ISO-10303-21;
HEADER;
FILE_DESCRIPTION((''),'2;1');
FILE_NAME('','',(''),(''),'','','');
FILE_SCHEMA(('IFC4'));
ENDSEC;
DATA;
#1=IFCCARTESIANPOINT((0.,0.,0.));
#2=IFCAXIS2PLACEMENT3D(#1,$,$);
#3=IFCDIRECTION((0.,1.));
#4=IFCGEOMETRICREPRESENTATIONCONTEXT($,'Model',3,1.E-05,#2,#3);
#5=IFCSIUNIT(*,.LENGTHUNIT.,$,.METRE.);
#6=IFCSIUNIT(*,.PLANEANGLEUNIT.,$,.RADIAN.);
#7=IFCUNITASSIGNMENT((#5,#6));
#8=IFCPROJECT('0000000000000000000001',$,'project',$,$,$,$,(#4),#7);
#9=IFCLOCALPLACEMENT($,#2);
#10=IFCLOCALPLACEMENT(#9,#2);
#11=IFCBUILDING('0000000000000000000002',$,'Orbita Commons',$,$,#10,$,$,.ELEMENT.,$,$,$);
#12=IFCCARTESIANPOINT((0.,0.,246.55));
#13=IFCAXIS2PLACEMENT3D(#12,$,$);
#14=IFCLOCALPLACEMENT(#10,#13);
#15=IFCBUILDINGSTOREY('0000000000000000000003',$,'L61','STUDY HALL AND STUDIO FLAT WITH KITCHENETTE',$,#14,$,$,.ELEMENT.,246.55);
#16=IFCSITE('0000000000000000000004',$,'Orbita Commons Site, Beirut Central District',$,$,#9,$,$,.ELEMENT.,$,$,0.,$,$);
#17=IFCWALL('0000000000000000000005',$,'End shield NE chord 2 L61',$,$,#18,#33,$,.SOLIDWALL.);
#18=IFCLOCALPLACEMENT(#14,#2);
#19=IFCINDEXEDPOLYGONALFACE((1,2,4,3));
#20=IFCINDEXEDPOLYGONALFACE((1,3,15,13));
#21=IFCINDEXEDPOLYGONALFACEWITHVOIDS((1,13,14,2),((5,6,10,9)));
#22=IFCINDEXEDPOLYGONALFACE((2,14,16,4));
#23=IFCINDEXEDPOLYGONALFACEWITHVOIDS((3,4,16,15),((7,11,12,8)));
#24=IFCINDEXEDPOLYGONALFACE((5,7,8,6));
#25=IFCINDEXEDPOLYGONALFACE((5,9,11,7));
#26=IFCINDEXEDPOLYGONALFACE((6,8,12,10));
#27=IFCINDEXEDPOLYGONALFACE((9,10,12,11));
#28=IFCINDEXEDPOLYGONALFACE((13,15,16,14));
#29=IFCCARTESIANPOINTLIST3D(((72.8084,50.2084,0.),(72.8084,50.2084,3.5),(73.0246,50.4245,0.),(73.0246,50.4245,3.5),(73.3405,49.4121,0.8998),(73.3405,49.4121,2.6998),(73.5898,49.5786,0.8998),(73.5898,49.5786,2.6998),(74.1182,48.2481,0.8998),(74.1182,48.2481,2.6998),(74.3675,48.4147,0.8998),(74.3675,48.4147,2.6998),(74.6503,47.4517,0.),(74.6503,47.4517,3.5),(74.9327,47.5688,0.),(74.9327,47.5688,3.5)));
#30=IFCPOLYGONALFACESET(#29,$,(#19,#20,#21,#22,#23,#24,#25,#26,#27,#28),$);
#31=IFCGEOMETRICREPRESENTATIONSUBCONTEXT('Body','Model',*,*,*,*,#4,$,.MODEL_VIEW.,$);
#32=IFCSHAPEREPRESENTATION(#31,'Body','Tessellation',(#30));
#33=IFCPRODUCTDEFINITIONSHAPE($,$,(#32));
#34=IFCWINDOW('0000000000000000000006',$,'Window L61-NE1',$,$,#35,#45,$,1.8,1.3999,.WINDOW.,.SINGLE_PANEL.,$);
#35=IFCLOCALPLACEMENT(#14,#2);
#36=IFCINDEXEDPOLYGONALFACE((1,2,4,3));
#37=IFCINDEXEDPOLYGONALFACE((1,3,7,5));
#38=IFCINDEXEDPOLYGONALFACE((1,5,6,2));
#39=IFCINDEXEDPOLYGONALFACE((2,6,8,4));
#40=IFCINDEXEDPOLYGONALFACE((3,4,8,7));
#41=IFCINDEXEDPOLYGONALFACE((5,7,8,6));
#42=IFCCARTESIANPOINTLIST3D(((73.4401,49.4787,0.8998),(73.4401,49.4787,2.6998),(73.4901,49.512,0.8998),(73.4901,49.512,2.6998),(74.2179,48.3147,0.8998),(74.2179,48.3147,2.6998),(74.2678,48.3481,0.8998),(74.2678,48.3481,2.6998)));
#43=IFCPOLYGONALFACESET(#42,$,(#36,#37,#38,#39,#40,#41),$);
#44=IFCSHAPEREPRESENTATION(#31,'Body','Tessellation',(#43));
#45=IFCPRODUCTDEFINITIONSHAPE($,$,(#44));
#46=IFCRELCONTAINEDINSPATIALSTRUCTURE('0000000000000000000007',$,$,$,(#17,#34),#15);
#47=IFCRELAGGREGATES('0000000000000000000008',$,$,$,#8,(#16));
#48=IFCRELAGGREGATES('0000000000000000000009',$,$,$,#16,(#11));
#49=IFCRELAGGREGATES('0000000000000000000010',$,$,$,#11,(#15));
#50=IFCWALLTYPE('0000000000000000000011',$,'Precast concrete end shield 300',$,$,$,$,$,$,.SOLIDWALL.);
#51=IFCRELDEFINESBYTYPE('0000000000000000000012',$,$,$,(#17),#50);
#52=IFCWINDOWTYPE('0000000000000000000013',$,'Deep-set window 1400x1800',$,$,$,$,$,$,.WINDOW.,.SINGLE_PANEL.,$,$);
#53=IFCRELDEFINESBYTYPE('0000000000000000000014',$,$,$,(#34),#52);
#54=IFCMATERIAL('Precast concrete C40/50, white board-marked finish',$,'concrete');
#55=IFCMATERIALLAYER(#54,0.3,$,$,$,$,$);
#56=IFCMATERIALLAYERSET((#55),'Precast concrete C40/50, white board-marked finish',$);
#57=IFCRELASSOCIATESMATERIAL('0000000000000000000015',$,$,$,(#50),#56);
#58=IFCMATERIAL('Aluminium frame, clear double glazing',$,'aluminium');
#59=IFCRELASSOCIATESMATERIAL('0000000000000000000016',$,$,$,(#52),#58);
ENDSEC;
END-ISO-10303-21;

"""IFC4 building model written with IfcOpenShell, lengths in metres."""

from ifc_helpers import new_model, si_unit, direction, frame, frame_2d, origin, place, context, subcontext, project, spatial, polyline, rectangle, outline, extrude, material, layer, layer_set, type_object, element, fill, save


model = new_model("IFC4")

# Units and contexts
model_context = context("Model", 3, precision=1e-05, world=origin(), true_north=direction((0.0, 1.0)))
body_context = subcontext(model_context, "Body", "Model", "MODEL_VIEW")
ifc_project = project(units=[si_unit("LENGTHUNIT", "METRE"), si_unit("PLANEANGLEUNIT", "RADIAN")], contexts=[model_context])

# Site, building, storey
site_placement = place(None, origin())
site = spatial("IfcSite", under=ifc_project, at=site_placement, Name="Orbita Commons Site, Beirut Central District", CompositionType="ELEMENT", RefElevation=0.0)
building_placement = place(site_placement, origin())
building = spatial("IfcBuilding", under=site, at=building_placement, Name="Orbita Commons", CompositionType="ELEMENT")
storey_placement = place(building_placement, frame((0.0, 0.0, 246.55)))
storey = spatial("IfcBuildingStorey", under=building, at=storey_placement, Name="L61", Description="STUDY HALL AND STUDIO FLAT WITH KITCHENETTE", CompositionType="ELEMENT", Elevation=246.55)

# Wall, opening, window
ifc_material_1 = material(Name="Precast concrete C40/50, white board-marked finish", Category="concrete")
ifc_layer_1 = layer(ifc_material_1, 0.3)
ifc_layer_set_1 = layer_set([ifc_layer_1], Name="Precast concrete C40/50, white board-marked finish")
wall_type_1 = type_object("IfcWallType", Name="Precast concrete end shield 300", PredefinedType="SOLIDWALL", material=ifc_layer_set_1)
wall_1_placement = place(storey_placement, frame((74.7915, 47.5103, 0.0), z_axis=(0.0, 0.0, 1.0), x_axis=(-0.555568, 0.831471, 0.0)))
wall_1 = element("IfcWall", 1, at=wall_1_placement, inside=storey, type_object=wall_type_1, Name="End shield NE chord 2 L61", PredefinedType="SOLIDWALL", context=body_context, shape_type="SweptSolid", body=[
    extrude(outline(polyline([(-0.0298, -0.1499), (3.4048, -0.1499), (3.3452, 0.1499), (0.0298, 0.1499), (-0.0298, -0.1499)])), origin(), (0.0, 0.0, 1.0), 3.5),
])
opening_1_placement = place(wall_1_placement, frame((0.9875, 0.0, 0.8999)))
opening_1 = element("IfcOpeningElement", 2, at=opening_1_placement, cuts=wall_1, PredefinedType="OPENING", context=body_context, shape_type="SweptSolid", body=[
    extrude(rectangle(XDim=1.3999, YDim=1.8, at=frame_2d((0.7, 0.8999))), frame((0.0, 0.1599, 0.0), z_axis=(0.0, -1.0, 0.0), x_axis=(1.0, 0.0, 0.0)), (0.0, 0.0, 1.0), 0.3201),
])
ifc_material_2 = material(Name="Aluminium frame, clear double glazing", Category="aluminium")
window_type = type_object("IfcWindowType", Name="Deep-set window 1400x1800", PartitioningType="SINGLE_PANEL", PredefinedType="WINDOW", material=ifc_material_2)
window_placement = place(opening_1_placement, origin())
window = element("IfcWindow", 3, at=window_placement, inside=storey, type_object=window_type, Name="Window L61-NE1", OverallHeight=1.8, OverallWidth=1.3999, PartitioningType="SINGLE_PANEL", PredefinedType="WINDOW", context=body_context, shape_type="SweptSolid", body=[
    extrude(rectangle(XDim=1.3999, YDim=1.8, at=frame_2d((0.7, 0.8999))), frame((0.0, 0.03, 0.0), z_axis=(0.0, -1.0, 0.0), x_axis=(1.0, 0.0, 0.0)), (0.0, 0.0, 1.0), 0.0601),
])
fill(opening_1, window)

save(model, "model.ifc")
